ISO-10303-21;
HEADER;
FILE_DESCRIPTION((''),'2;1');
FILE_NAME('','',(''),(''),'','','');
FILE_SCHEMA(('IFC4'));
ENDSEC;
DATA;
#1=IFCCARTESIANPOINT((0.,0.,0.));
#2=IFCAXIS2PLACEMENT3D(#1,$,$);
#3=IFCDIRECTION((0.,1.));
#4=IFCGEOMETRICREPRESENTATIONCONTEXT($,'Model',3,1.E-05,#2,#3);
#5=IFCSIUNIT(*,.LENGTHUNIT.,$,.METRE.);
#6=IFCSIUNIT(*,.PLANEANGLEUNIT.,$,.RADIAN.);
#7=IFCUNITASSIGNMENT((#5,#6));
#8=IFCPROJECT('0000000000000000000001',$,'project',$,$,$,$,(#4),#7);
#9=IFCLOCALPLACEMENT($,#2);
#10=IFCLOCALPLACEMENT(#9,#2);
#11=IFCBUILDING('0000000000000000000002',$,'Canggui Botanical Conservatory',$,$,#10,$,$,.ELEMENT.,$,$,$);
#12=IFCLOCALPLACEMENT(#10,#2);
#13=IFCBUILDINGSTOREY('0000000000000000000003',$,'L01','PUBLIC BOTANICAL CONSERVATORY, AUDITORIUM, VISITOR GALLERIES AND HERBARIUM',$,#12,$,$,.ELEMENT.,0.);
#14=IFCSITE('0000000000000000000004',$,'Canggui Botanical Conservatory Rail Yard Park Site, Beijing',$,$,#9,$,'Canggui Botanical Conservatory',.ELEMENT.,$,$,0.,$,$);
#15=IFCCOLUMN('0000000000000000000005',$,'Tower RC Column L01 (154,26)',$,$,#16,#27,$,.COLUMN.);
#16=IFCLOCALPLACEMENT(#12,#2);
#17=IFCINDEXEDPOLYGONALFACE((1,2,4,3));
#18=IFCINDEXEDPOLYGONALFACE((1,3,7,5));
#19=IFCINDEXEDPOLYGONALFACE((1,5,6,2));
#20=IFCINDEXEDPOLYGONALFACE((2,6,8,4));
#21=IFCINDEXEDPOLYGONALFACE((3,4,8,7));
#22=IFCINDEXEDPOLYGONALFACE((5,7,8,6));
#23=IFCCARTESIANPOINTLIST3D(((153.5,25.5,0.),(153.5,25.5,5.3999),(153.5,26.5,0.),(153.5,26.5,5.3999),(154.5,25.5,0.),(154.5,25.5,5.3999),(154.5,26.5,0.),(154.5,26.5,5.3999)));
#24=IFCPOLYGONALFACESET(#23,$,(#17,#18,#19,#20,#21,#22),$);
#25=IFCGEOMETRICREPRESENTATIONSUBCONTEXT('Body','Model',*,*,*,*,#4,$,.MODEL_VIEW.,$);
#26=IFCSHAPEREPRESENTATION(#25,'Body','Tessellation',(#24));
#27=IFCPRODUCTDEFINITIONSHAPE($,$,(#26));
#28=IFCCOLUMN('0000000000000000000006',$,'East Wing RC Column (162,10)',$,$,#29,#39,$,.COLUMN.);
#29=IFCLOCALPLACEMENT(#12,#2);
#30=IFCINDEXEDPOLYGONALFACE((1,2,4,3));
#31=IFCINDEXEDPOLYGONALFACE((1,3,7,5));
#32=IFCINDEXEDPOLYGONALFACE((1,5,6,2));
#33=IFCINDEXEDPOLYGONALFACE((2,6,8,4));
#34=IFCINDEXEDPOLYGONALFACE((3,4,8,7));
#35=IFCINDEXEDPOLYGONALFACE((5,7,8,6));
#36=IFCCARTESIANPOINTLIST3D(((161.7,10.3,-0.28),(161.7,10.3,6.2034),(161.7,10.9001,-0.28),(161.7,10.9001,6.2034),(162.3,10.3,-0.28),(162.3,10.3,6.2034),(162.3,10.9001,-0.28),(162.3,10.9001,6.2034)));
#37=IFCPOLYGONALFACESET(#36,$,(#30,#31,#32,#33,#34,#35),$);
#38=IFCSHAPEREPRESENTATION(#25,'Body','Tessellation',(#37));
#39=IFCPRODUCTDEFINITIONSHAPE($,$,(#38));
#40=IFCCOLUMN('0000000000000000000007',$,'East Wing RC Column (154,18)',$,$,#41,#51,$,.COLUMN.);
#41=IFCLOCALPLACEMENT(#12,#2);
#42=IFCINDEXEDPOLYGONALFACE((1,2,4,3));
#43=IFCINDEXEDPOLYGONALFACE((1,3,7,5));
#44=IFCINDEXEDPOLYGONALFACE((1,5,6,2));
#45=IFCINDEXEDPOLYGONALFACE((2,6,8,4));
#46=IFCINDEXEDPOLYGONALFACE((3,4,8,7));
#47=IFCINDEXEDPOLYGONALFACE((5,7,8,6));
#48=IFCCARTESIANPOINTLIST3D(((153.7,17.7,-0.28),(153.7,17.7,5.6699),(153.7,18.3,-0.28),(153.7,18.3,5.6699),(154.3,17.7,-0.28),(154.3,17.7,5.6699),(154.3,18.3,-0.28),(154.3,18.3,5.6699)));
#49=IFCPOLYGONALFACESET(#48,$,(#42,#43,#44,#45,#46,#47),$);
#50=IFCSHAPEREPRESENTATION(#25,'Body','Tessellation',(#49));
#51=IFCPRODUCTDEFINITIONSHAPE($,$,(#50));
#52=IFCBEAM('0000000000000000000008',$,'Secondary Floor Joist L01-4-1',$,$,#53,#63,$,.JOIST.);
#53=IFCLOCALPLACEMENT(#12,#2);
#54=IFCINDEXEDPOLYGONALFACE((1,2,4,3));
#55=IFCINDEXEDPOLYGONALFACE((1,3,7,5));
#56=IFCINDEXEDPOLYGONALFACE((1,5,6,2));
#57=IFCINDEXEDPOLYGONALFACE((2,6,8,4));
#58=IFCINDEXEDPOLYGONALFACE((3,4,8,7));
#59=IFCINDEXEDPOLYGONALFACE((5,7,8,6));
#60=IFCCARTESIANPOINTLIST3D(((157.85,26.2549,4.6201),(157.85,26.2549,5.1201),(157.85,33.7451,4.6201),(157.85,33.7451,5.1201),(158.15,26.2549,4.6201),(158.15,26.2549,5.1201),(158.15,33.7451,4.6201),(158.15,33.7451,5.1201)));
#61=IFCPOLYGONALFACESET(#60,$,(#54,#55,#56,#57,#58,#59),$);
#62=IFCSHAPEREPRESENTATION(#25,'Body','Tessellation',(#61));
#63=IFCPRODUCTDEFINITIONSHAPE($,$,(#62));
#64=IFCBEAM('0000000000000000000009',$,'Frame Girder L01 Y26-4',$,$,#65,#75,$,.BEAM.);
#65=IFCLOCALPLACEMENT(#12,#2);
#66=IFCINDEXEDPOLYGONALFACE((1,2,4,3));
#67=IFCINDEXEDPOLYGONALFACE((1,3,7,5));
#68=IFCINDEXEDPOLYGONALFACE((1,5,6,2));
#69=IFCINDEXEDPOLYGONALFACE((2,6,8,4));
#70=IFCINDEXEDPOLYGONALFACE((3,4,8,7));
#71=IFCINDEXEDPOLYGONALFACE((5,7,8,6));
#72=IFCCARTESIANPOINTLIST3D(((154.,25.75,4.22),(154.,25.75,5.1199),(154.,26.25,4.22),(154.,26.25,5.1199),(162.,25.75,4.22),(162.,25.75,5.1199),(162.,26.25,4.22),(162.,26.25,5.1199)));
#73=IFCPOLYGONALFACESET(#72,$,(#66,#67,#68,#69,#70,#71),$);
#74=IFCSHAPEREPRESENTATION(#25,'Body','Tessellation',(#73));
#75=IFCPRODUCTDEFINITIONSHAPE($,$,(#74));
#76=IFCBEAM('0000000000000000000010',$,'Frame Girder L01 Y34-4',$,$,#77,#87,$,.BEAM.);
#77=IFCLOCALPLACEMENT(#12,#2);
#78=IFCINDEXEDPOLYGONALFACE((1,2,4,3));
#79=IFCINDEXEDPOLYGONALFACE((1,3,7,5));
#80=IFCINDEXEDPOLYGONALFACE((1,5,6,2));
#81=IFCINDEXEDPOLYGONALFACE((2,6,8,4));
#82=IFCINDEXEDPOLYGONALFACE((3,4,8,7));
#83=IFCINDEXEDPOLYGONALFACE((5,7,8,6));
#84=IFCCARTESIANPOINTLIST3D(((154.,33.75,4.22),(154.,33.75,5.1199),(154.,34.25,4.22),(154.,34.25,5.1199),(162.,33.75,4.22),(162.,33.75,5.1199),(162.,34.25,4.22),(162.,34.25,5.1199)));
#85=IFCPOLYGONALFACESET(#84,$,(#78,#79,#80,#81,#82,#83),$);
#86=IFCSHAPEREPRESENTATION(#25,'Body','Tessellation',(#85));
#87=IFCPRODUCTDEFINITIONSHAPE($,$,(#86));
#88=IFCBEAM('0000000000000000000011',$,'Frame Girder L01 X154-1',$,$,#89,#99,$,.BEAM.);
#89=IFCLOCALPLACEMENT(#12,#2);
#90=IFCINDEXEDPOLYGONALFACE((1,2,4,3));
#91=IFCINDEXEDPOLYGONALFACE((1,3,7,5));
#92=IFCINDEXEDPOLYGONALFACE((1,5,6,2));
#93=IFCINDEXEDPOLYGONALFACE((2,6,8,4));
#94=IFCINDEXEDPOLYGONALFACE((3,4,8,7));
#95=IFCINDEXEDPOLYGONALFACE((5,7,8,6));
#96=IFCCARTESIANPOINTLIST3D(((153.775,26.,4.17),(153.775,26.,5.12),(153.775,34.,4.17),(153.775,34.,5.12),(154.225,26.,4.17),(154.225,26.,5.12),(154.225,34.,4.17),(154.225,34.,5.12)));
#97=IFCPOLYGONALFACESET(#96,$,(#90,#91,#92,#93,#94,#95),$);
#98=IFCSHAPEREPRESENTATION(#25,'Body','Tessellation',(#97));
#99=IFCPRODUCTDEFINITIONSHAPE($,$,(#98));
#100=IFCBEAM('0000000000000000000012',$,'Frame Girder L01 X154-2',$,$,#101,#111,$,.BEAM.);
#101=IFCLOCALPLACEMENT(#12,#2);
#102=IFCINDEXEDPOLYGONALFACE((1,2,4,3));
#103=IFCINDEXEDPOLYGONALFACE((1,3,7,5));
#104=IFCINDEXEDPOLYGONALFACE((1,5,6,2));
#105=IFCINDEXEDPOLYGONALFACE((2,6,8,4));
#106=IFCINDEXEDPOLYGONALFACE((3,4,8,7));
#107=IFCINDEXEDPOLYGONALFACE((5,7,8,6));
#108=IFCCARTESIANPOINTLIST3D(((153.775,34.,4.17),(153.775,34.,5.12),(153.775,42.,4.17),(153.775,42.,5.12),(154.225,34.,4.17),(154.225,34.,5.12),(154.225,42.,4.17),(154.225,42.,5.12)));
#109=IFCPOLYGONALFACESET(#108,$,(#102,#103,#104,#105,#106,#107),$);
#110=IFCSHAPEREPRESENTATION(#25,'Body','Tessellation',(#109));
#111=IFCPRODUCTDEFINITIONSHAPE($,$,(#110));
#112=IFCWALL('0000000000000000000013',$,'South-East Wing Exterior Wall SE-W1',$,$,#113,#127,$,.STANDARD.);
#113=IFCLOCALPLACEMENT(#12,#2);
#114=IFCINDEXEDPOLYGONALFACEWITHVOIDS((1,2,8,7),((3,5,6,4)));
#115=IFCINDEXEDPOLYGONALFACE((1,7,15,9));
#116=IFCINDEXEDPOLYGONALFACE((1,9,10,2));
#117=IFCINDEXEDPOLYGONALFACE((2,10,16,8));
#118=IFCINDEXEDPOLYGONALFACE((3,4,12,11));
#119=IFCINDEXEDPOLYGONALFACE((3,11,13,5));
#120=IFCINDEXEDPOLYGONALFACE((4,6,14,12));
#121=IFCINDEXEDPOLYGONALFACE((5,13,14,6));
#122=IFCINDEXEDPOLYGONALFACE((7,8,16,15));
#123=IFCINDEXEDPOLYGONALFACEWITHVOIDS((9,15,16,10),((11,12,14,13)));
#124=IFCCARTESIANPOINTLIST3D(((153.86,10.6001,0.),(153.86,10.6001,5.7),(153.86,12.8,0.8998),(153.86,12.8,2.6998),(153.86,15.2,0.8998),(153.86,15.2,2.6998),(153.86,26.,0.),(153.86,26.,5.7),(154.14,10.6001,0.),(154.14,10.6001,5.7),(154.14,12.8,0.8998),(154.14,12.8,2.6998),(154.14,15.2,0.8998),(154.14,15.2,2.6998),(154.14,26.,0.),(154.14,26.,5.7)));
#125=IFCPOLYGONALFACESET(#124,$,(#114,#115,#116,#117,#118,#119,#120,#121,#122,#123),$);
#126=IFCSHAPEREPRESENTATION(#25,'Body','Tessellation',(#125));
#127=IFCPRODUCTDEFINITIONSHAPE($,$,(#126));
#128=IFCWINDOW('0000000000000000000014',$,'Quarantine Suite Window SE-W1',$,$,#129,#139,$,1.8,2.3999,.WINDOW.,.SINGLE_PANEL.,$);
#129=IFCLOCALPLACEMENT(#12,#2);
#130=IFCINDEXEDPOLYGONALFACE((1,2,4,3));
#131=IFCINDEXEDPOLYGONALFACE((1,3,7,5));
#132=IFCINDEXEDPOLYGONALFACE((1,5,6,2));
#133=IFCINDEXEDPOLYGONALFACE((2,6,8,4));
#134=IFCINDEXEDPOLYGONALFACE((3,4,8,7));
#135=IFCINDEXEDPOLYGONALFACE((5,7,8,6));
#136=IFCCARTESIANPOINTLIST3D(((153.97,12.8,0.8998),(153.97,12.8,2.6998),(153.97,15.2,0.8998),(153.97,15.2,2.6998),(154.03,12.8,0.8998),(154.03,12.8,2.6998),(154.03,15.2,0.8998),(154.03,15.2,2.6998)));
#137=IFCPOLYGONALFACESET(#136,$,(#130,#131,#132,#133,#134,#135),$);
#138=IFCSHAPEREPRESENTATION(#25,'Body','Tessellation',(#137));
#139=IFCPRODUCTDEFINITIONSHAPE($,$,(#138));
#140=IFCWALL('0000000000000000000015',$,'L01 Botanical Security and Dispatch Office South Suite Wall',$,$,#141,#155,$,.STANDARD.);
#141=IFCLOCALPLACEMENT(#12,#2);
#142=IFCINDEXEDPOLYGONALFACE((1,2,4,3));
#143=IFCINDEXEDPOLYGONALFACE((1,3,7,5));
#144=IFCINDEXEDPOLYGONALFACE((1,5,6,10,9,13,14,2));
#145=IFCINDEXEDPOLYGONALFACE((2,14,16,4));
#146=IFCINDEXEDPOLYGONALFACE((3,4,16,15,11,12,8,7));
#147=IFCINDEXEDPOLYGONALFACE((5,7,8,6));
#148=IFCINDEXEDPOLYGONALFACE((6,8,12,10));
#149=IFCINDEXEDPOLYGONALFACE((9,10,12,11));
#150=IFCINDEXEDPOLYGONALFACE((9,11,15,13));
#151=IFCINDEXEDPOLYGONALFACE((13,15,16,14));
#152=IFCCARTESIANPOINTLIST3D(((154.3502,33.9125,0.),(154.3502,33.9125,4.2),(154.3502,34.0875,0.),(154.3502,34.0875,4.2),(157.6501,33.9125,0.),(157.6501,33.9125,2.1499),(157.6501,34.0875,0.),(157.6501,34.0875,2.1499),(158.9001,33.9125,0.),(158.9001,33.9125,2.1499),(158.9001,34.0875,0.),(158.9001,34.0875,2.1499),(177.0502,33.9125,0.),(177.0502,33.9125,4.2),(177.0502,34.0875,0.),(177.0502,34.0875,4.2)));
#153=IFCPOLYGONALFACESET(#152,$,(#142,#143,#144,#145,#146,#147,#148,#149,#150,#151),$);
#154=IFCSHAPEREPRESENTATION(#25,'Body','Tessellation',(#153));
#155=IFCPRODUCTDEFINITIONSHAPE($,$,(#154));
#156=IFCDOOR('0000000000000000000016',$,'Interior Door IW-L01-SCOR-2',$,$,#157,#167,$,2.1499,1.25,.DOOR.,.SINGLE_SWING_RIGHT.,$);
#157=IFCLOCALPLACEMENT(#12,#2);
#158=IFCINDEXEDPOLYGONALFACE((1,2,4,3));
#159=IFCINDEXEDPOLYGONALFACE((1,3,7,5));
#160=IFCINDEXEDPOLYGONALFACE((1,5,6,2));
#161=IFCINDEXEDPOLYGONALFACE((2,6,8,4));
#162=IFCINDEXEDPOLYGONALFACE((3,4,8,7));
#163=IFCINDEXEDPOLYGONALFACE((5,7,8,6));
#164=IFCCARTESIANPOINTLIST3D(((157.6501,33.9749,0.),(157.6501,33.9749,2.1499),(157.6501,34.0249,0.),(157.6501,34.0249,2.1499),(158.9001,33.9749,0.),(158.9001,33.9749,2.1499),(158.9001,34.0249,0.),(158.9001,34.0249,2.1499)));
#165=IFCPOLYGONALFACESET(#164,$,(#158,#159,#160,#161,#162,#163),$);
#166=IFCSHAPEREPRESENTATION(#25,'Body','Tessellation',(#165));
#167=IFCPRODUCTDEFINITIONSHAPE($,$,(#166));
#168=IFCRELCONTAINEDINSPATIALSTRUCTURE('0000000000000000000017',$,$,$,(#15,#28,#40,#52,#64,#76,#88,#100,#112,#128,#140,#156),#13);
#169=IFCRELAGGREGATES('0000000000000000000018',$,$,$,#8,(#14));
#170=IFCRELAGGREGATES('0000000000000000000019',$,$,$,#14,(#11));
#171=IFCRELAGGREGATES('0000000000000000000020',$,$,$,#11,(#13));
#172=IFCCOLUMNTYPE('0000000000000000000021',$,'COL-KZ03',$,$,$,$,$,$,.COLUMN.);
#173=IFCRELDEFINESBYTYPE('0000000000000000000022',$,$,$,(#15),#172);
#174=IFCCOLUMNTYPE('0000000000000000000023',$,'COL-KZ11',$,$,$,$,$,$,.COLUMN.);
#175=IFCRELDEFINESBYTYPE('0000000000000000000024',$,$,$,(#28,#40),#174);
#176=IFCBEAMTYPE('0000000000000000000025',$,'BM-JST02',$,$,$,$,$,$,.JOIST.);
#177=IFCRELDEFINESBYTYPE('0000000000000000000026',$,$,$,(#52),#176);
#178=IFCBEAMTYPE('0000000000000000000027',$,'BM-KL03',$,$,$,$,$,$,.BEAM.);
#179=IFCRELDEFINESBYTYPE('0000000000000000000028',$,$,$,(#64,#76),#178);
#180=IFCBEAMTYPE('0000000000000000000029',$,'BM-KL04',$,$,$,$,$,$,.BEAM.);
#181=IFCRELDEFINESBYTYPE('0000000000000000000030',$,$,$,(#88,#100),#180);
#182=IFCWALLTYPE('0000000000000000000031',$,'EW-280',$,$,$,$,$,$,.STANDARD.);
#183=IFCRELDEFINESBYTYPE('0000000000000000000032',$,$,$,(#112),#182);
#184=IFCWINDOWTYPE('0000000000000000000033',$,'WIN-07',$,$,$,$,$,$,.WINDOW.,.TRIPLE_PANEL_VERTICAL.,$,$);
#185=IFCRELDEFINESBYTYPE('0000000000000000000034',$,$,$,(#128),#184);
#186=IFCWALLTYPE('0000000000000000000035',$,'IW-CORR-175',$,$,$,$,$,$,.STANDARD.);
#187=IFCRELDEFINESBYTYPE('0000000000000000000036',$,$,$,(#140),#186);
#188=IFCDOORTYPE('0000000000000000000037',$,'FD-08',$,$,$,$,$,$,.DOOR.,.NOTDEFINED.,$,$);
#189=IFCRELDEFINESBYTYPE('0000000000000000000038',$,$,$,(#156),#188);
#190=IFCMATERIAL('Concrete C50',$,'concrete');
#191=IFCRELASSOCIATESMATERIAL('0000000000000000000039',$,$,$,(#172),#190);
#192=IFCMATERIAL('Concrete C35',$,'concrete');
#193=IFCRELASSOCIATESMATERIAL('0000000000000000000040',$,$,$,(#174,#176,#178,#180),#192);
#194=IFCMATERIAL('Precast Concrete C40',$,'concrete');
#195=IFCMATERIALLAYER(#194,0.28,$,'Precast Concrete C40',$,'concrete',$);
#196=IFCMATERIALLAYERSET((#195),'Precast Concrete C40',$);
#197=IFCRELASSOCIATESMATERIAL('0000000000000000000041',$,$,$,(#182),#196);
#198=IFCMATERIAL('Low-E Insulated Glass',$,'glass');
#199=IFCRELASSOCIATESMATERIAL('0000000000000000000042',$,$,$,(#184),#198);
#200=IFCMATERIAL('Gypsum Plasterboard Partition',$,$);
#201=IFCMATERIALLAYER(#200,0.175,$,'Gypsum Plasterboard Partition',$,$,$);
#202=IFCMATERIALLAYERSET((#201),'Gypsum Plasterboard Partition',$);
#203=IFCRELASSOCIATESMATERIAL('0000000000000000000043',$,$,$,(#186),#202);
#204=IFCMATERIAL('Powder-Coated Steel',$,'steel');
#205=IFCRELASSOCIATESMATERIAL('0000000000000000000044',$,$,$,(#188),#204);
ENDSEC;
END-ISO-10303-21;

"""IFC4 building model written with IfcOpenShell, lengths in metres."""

from ifc_helpers import new_model, si_unit, direction, frame, frame_2d, origin, origin_2d, place, context, subcontext, project, spatial, rectangle, extrude, material, layer, layer_set, material_profile, profile_set, type_object, element, fill, save


model = new_model("IFC4")

# Units and contexts
model_context = context("Model", 3, precision=1e-05, world=origin(), true_north=direction((0.0, 1.0)))
body_context = subcontext(model_context, "Body", "Model", "MODEL_VIEW")
ifc_project = project(units=[si_unit("LENGTHUNIT", "METRE"), si_unit("PLANEANGLEUNIT", "RADIAN")], contexts=[model_context])

# Site, building, storey
site_placement = place(None, origin())
site = spatial("IfcSite", under=ifc_project, at=site_placement, Name="Canggui Botanical Conservatory Rail Yard Park Site, Beijing", LongName="Canggui Botanical Conservatory", CompositionType="ELEMENT", RefElevation=0.0)
building_placement = place(site_placement, origin())
building = spatial("IfcBuilding", under=site, at=building_placement, Name="Canggui Botanical Conservatory", CompositionType="ELEMENT")
storey_placement = place(building_placement, origin())
storey = spatial("IfcBuildingStorey", under=building, at=storey_placement, Name="L01", Description="PUBLIC BOTANICAL CONSERVATORY, AUDITORIUM, VISITOR GALLERIES AND HERBARIUM", CompositionType="ELEMENT", Elevation=0.0)

# Shared definitions
ifc_material_1 = material(Name="Concrete C35", Category="concrete")

# Columns
ifc_material_2 = material(Name="Concrete C50", Category="concrete")
ifc_material_profile_1 = material_profile(ifc_material_2, rectangle(XDim=1.0, YDim=1.0, at=origin_2d()), Name="RC 1000x1000")
ifc_profile_set_1 = profile_set([ifc_material_profile_1], Name="Concrete C50")
column_type_1 = type_object("IfcColumnType", Name="COL-KZ03", PredefinedType="COLUMN", material=ifc_profile_set_1)
column_1_placement = place(storey_placement, frame((154.0, 26.0, 0.0), z_axis=(0.0, 0.0, 1.0), x_axis=(1.0, 0.0, 0.0)))
element("IfcColumn", 1, at=column_1_placement, inside=storey, type_object=column_type_1, Name="Tower RC Column L01 (154,26)", PredefinedType="COLUMN", context=body_context, shape_type="SweptSolid", body=[
    extrude(rectangle(XDim=1.0, YDim=1.0, at=origin_2d()), origin(), (0.0, 0.0, 1.0), 5.3999),
])
ifc_material_profile_2 = material_profile(ifc_material_1, rectangle(XDim=0.6001, YDim=0.6001, at=origin_2d()), Name="RC 600x600")
ifc_profile_set_2 = profile_set([ifc_material_profile_2], Name="Concrete C35")
column_type_2 = type_object("IfcColumnType", Name="COL-KZ11", PredefinedType="COLUMN", material=ifc_profile_set_2)
column_2_placement = place(storey_placement, frame((162.0, 10.6001, -0.28), z_axis=(0.0, 0.0, 1.0), x_axis=(1.0, 0.0, 0.0)))
element("IfcColumn", 2, at=column_2_placement, inside=storey, type_object=column_type_2, Name="East Wing RC Column (162,10)", PredefinedType="COLUMN", context=body_context, shape_type="SweptSolid", body=[
    extrude(rectangle(XDim=0.6001, YDim=0.6001, at=origin_2d()), origin(), (0.0, 0.0, 1.0), 6.4834),
])
column_3_placement = place(storey_placement, frame((154.0, 18.0, -0.28), z_axis=(0.0, 0.0, 1.0), x_axis=(1.0, 0.0, 0.0)))
element("IfcColumn", 3, at=column_3_placement, inside=storey, type_object=column_type_2, Name="East Wing RC Column (154,18)", PredefinedType="COLUMN", context=body_context, shape_type="SweptSolid", body=[
    extrude(rectangle(XDim=0.6001, YDim=0.6001, at=origin_2d()), origin(), (0.0, 0.0, 1.0), 5.95),
])

# Beams
ifc_material_profile_3 = material_profile(ifc_material_1, rectangle(XDim=0.3, YDim=0.5, at=origin_2d()), Name="RB 300x500")
ifc_profile_set_3 = profile_set([ifc_material_profile_3], Name="Concrete C35")
beam_type_1 = type_object("IfcBeamType", Name="BM-JST02", PredefinedType="JOIST", material=ifc_profile_set_3)
beam_placement = place(storey_placement, frame((158.0, 26.2549, 4.8701), z_axis=(0.0, 1.0, 0.0), x_axis=(-1.0, 0.0, 0.0)))
element("IfcBeam", 4, at=beam_placement, inside=storey, type_object=beam_type_1, Name="Secondary Floor Joist L01-4-1", PredefinedType="JOIST", context=body_context, shape_type="SweptSolid", body=[
    extrude(rectangle(XDim=0.3, YDim=0.5, at=origin_2d()), origin(), (0.0, 0.0, 1.0), 7.4902),
])
ifc_material_profile_4 = material_profile(ifc_material_1, rectangle(XDim=0.5, YDim=0.8999, at=origin_2d()), Name="RB 500x900")
ifc_profile_set_4 = profile_set([ifc_material_profile_4], Name="Concrete C35")
beam_type_2 = type_object("IfcBeamType", Name="BM-KL03", PredefinedType="BEAM", material=ifc_profile_set_4)
for number, where, z_axis, x_axis, name in (
    (5, (154.0, 26.0, 4.6699), (1.0, 0.0, 0.0), (0.0, 1.0, 0.0), "Frame Girder L01 Y26-4"),
    (6, (154.0, 34.0, 4.6699), (1.0, 0.0, 0.0), (0.0, 1.0, 0.0), "Frame Girder L01 Y34-4"),
):
    element("IfcBeam", number, at=place(storey_placement, frame(where, z_axis=z_axis, x_axis=x_axis)), inside=storey, type_object=beam_type_2, Name=name, PredefinedType="BEAM", context=body_context, shape_type="SweptSolid", body=[
        extrude(rectangle(XDim=0.5, YDim=0.8999, at=origin_2d()), origin(), (0.0, 0.0, 1.0), 8.0),
    ])
ifc_material_profile_5 = material_profile(ifc_material_1, rectangle(XDim=0.45, YDim=0.95, at=origin_2d()), Name="RB 450x950")
ifc_profile_set_5 = profile_set([ifc_material_profile_5], Name="Concrete C35")
beam_type_3 = type_object("IfcBeamType", Name="BM-KL04", PredefinedType="BEAM", material=ifc_profile_set_5)
for number, where, z_axis, x_axis, name in (
    (7, (154.0, 26.0, 4.645), (0.0, 1.0, 0.0), (-1.0, 0.0, 0.0), "Frame Girder L01 X154-1"),
    (8, (154.0, 34.0, 4.645), (0.0, 1.0, 0.0), (-1.0, 0.0, 0.0), "Frame Girder L01 X154-2"),
):
    element("IfcBeam", number, at=place(storey_placement, frame(where, z_axis=z_axis, x_axis=x_axis)), inside=storey, type_object=beam_type_3, Name=name, PredefinedType="BEAM", context=body_context, shape_type="SweptSolid", body=[
        extrude(rectangle(XDim=0.45, YDim=0.95, at=origin_2d()), origin(), (0.0, 0.0, 1.0), 8.0),
    ])

# Wall, opening, window
ifc_material_3 = material(Name="Precast Concrete C40", Category="concrete")
ifc_layer_1 = layer(ifc_material_3, 0.28, Name="Precast Concrete C40", Category="concrete")
ifc_layer_set_1 = layer_set([ifc_layer_1], Name="Precast Concrete C40")
wall_type_1 = type_object("IfcWallType", Name="EW-280", PredefinedType="STANDARD", material=ifc_layer_set_1)
wall_1_placement = place(storey_placement, frame((154.0, 10.6001, 0.0), z_axis=(0.0, 0.0, 1.0), x_axis=(0.0, 1.0, 0.0)))
wall_1 = element("IfcWall", 9, at=wall_1_placement, inside=storey, type_object=wall_type_1, Name="South-East Wing Exterior Wall SE-W1", PredefinedType="STANDARD", context=body_context, shape_type="SweptSolid", body=[
    extrude(rectangle(XDim=15.3999, YDim=0.28, at=frame_2d((7.7, 0.0))), origin(), (0.0, 0.0, 1.0), 5.7),
])
opening_1_placement = place(wall_1_placement, frame((2.2, 0.0, 0.8999)))
opening_1 = element("IfcOpeningElement", 10, at=opening_1_placement, cuts=wall_1, PredefinedType="OPENING", context=body_context, shape_type="SweptSolid", body=[
    extrude(rectangle(XDim=2.3999, YDim=1.8, at=frame_2d((1.2, 0.8999))), frame((0.0, 0.1499, 0.0), z_axis=(0.0, -1.0, 0.0), x_axis=(1.0, 0.0, 0.0)), (0.0, 0.0, 1.0), 0.3),
])
ifc_material_4 = material(Name="Low-E Insulated Glass", Category="glass")
window_type = type_object("IfcWindowType", Name="WIN-07", PartitioningType="TRIPLE_PANEL_VERTICAL", PredefinedType="WINDOW", material=ifc_material_4)
window_placement = place(opening_1_placement, origin())
window = element("IfcWindow", 11, at=window_placement, inside=storey, type_object=window_type, Name="Quarantine Suite Window SE-W1", OverallHeight=1.8, OverallWidth=2.3999, PartitioningType="SINGLE_PANEL", PredefinedType="WINDOW", context=body_context, shape_type="SweptSolid", body=[
    extrude(rectangle(XDim=2.3999, YDim=1.8, at=frame_2d((1.2, 0.8999))), frame((0.0, 0.03, 0.0), z_axis=(0.0, -1.0, 0.0), x_axis=(1.0, 0.0, 0.0)), (0.0, 0.0, 1.0), 0.0601),
])
fill(opening_1, window)

# Wall, opening, door
ifc_material_5 = material(Name="Gypsum Plasterboard Partition")
ifc_layer_2 = layer(ifc_material_5, 0.175, Name="Gypsum Plasterboard Partition")
ifc_layer_set_2 = layer_set([ifc_layer_2], Name="Gypsum Plasterboard Partition")
wall_type_2 = type_object("IfcWallType", Name="IW-CORR-175", PredefinedType="STANDARD", material=ifc_layer_set_2)
wall_2_placement = place(storey_placement, frame((154.3501, 34.0, 0.0), z_axis=(0.0, 0.0, 1.0), x_axis=(1.0, 0.0, 0.0)))
wall_2 = element("IfcWall", 12, at=wall_2_placement, inside=storey, type_object=wall_type_2, Name="L01 Botanical Security and Dispatch Office South Suite Wall", PredefinedType="STANDARD", context=body_context, shape_type="SweptSolid", body=[
    extrude(rectangle(XDim=22.7, YDim=0.175, at=frame_2d((11.3501, 0.0))), origin(), (0.0, 0.0, 1.0), 4.2),
])
opening_2_placement = place(wall_2_placement, frame((3.3, 0.0, 0.0)))
opening_2 = element("IfcOpeningElement", 13, at=opening_2_placement, cuts=wall_2, PredefinedType="OPENING", context=body_context, shape_type="SweptSolid", body=[
    extrude(rectangle(XDim=1.25, YDim=2.1499, at=frame_2d((0.625, 1.075))), frame((0.0, 0.0977, 0.0), z_axis=(0.0, -1.0, 0.0), x_axis=(1.0, 0.0, 0.0)), (0.0, 0.0, 1.0), 0.1951),
])
ifc_material_6 = material(Name="Powder-Coated Steel", Category="steel")
door_type_1 = type_object("IfcDoorType", Name="FD-08", OperationType="NOTDEFINED", PredefinedType="DOOR", material=ifc_material_6)
door_1_placement = place(opening_2_placement, origin())
door_1 = element("IfcDoor", 14, at=door_1_placement, inside=storey, type_object=door_type_1, Name="Interior Door IW-L01-SCOR-2", OperationType="SINGLE_SWING_RIGHT", OverallHeight=2.1499, OverallWidth=1.25, PredefinedType="DOOR", context=body_context, shape_type="SweptSolid", body=[
    extrude(rectangle(XDim=1.25, YDim=2.1499, at=frame_2d((0.625, 1.075))), frame((0.0, 0.0249, 0.0), z_axis=(0.0, -1.0, 0.0), x_axis=(1.0, 0.0, 0.0)), (0.0, 0.0, 1.0), 0.05),
])
fill(opening_2, door_1)

save(model, "model.ifc")
